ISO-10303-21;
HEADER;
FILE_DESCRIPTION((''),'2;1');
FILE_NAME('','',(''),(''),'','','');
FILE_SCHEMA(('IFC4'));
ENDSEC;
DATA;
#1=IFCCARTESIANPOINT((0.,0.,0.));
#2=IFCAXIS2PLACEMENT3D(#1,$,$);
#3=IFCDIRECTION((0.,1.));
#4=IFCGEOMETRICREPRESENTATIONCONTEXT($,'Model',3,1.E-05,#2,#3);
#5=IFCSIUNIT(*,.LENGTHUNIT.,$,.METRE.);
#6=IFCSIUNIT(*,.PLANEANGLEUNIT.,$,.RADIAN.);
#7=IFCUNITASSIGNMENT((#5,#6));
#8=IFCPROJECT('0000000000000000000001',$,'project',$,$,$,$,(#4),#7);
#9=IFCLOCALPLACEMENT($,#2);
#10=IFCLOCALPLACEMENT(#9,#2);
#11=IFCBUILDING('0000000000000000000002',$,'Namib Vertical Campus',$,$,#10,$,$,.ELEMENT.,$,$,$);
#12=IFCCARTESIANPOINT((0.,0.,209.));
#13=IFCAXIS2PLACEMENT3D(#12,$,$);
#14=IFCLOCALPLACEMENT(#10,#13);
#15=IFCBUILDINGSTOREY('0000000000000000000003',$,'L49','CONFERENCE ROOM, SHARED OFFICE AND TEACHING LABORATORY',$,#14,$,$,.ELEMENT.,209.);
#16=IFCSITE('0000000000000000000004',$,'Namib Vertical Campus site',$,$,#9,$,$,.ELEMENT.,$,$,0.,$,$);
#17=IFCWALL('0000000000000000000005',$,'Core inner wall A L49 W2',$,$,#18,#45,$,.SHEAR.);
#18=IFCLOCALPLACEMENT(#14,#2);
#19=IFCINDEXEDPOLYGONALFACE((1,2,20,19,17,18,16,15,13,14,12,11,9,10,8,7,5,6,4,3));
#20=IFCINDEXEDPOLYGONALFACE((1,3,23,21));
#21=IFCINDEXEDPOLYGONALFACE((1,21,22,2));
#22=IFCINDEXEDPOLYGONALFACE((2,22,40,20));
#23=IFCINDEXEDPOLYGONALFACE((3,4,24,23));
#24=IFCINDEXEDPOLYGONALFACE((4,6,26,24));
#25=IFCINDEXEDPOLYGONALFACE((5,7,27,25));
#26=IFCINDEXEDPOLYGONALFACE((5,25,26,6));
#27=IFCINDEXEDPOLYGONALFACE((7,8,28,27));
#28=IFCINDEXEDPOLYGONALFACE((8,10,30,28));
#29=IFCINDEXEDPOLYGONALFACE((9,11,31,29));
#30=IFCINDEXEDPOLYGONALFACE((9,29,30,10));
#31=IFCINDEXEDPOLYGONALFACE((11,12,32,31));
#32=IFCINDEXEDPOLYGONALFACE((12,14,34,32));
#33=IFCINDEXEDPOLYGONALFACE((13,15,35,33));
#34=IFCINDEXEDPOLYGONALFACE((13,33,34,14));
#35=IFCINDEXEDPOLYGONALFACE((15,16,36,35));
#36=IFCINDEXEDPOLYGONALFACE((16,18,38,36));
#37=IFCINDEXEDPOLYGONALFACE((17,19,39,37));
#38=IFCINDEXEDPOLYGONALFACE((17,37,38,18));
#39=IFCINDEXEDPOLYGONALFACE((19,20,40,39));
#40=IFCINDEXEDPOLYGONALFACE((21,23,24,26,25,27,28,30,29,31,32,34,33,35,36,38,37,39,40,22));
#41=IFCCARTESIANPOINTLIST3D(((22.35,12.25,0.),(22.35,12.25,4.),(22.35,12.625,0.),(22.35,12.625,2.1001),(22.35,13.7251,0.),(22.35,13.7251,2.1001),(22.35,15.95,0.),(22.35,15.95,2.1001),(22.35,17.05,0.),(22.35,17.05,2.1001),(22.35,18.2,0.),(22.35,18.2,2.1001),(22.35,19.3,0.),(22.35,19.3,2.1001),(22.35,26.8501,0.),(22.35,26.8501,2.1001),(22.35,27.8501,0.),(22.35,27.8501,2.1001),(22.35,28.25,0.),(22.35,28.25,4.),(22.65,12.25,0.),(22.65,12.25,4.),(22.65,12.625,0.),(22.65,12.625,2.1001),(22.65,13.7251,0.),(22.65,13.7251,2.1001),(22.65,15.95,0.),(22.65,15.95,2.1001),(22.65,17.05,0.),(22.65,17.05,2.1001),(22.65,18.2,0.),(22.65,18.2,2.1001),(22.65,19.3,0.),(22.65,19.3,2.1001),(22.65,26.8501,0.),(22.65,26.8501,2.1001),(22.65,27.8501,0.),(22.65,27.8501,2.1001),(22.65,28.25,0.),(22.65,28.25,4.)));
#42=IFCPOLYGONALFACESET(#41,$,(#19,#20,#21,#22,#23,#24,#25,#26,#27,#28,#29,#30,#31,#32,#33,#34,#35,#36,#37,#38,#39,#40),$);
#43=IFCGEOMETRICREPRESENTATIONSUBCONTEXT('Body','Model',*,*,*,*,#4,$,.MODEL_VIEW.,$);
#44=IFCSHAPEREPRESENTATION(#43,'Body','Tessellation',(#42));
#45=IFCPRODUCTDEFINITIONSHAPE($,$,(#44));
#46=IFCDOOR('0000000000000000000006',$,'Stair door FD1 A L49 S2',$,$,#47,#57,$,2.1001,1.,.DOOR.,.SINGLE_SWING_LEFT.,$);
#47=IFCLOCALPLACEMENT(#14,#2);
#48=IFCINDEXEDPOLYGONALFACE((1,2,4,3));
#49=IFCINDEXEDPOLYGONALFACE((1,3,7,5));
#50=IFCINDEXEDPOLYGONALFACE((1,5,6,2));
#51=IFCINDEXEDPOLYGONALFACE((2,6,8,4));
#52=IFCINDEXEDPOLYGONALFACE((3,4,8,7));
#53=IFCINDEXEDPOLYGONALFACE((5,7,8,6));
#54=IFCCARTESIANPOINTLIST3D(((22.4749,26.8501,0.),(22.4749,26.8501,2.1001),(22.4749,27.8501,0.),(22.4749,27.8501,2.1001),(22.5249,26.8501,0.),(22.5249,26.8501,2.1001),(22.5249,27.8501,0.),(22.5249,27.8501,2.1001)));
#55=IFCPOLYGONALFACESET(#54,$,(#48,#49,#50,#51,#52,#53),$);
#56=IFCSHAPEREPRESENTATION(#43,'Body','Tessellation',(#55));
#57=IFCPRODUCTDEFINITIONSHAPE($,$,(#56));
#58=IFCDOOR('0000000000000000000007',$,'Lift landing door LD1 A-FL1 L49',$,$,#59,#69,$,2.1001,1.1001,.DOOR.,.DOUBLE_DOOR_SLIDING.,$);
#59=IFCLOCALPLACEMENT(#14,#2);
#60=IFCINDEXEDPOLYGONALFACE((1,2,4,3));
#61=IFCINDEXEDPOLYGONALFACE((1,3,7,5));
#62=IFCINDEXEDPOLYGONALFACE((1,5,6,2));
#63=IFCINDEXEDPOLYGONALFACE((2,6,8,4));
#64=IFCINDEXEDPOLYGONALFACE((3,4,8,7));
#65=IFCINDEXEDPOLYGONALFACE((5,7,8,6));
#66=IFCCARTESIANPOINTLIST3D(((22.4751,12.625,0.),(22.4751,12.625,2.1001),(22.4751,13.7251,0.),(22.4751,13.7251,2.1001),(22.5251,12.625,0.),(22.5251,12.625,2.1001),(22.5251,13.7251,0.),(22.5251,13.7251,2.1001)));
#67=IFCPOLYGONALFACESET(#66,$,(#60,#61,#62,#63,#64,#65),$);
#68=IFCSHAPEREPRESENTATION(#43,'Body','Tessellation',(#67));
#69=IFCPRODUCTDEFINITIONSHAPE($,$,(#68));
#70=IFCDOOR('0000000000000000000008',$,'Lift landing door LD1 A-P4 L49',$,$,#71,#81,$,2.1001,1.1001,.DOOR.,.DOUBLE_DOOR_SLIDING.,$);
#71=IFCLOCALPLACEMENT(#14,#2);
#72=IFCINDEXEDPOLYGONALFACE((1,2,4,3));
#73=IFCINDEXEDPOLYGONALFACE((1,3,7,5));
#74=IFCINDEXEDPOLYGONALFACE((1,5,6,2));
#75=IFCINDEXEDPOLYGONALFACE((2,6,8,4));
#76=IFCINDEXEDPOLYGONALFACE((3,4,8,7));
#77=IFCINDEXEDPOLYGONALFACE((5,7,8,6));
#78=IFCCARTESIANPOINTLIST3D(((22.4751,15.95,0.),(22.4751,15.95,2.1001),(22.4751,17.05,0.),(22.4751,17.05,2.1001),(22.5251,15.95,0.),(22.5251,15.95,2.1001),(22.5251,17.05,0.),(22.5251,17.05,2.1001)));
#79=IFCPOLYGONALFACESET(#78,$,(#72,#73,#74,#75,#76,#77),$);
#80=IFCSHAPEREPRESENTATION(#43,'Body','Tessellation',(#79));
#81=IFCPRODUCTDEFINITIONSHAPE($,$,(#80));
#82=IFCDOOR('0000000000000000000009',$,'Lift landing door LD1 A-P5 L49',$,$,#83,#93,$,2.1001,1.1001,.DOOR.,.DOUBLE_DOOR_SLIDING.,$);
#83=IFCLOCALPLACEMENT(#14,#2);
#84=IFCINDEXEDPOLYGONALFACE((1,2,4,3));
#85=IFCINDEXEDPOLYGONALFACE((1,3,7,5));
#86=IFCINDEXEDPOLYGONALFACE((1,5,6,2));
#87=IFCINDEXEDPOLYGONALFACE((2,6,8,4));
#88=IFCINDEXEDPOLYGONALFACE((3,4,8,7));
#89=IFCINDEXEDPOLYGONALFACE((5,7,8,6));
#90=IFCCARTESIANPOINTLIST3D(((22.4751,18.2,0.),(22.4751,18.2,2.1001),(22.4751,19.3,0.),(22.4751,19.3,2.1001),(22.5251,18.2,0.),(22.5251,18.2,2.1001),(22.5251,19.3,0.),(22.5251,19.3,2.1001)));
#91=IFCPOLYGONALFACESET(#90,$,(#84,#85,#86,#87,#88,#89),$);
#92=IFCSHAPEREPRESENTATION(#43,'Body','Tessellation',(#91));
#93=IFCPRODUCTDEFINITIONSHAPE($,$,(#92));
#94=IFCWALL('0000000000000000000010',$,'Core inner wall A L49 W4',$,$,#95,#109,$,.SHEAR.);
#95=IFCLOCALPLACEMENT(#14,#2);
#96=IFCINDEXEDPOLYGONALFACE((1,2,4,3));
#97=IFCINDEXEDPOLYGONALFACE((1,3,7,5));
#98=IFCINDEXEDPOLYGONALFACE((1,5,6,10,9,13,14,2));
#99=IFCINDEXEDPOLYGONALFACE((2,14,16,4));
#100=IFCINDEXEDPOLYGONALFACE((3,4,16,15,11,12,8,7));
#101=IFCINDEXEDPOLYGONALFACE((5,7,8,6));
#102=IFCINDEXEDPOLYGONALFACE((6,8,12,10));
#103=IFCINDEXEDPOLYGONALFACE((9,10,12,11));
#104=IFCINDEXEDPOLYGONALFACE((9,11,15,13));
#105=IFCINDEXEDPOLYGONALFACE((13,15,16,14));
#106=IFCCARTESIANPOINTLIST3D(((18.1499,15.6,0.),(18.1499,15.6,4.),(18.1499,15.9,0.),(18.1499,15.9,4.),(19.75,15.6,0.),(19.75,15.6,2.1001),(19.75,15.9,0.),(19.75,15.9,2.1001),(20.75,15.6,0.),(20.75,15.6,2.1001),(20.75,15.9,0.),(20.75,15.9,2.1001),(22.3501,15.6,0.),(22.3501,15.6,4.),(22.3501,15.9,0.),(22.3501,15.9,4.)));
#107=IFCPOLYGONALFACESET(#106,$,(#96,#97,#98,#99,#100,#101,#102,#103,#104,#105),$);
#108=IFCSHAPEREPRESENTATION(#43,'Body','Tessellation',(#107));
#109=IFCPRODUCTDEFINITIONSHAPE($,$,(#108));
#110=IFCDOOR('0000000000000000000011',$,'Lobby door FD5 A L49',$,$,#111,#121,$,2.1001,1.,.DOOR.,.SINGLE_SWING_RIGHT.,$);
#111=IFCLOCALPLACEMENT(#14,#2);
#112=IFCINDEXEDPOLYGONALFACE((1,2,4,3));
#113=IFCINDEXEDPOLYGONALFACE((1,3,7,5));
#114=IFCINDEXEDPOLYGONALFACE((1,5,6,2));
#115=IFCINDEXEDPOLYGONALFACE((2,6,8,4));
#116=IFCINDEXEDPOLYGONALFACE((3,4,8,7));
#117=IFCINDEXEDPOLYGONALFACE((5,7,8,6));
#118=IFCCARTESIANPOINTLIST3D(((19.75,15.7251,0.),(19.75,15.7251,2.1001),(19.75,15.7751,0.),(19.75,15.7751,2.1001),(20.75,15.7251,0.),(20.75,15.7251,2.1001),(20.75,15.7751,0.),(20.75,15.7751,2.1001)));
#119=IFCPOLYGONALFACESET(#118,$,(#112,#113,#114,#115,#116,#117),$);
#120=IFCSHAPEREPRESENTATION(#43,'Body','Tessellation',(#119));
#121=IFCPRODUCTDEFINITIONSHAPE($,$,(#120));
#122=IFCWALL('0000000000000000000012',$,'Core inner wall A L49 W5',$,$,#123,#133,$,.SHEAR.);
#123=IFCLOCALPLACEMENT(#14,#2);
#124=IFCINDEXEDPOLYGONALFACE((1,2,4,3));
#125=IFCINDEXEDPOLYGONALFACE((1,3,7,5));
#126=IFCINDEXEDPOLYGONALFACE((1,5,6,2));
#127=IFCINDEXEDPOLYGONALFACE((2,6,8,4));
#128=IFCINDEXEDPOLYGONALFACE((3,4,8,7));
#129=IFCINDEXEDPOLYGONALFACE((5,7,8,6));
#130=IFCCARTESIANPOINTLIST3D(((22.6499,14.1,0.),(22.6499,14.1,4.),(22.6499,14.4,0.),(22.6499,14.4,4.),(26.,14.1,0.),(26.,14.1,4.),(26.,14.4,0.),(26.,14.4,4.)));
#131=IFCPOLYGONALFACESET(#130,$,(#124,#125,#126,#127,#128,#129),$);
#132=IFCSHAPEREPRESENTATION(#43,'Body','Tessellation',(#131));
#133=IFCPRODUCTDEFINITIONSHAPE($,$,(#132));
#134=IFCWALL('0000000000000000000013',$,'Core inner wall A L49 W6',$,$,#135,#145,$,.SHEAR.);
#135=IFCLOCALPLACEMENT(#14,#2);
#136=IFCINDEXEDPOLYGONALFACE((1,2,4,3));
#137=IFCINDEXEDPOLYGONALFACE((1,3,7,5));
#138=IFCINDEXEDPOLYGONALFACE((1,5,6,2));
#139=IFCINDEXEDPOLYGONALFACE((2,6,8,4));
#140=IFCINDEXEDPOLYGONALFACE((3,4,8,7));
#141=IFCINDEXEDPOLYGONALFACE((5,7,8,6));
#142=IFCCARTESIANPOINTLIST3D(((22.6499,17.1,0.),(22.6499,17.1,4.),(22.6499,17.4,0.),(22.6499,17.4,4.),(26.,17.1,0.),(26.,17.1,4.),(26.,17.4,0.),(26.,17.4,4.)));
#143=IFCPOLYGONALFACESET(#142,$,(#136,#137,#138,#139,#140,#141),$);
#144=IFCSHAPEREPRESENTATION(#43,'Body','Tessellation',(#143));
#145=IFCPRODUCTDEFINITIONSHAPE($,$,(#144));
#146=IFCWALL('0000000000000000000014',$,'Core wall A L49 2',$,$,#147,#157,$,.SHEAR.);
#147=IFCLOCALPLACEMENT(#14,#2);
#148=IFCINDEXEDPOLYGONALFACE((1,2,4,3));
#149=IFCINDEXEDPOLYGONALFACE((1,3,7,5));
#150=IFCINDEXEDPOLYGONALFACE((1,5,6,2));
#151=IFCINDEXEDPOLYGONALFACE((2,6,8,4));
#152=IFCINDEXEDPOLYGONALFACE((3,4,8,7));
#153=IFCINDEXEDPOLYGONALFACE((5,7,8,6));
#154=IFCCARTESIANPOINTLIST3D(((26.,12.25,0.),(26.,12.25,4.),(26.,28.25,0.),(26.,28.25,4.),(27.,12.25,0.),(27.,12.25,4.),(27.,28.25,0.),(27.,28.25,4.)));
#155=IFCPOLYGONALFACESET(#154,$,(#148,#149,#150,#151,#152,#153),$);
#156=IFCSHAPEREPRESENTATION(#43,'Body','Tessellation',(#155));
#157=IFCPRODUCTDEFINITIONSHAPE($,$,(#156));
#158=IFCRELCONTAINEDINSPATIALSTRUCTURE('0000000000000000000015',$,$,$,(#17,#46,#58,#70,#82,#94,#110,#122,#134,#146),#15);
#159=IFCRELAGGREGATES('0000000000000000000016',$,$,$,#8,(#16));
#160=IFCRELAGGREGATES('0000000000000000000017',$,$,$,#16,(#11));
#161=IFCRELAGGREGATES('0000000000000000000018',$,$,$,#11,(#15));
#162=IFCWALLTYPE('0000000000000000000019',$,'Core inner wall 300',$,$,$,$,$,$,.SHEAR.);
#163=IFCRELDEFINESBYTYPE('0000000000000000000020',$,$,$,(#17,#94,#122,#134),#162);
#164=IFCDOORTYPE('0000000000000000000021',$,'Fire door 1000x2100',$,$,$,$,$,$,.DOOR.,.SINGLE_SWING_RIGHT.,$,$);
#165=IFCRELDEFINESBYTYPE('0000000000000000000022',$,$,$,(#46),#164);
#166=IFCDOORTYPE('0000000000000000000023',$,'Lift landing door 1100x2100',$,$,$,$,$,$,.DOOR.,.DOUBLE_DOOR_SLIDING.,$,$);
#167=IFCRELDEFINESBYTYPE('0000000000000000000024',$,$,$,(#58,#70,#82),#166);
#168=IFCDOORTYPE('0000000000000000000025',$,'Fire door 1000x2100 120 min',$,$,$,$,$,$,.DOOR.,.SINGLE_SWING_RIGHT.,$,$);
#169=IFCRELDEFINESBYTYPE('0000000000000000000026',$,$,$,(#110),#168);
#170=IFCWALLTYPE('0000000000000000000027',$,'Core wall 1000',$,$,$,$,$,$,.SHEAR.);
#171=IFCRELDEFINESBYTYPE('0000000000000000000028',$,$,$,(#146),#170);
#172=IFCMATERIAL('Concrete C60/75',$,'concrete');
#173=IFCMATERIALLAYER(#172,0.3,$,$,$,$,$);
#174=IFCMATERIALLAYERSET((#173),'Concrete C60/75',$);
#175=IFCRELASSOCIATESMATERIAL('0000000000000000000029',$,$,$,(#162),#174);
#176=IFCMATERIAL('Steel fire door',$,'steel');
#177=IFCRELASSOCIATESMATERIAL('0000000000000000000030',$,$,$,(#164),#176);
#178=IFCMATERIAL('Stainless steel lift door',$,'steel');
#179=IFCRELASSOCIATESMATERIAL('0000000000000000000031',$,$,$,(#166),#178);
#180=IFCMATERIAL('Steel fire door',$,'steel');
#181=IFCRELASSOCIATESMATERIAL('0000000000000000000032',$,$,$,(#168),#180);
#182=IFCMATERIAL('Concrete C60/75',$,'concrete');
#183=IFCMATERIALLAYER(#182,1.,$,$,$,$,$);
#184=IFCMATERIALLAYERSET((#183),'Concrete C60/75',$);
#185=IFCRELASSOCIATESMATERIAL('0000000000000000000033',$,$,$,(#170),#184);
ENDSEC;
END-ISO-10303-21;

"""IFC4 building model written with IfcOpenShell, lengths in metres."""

from ifc_helpers import new_model, si_unit, direction, frame, frame_2d, origin, place, context, subcontext, project, spatial, rectangle, extrude, material, layer, layer_set, type_object, element, fill, save


model = new_model("IFC4")

# Units and contexts
model_context = context("Model", 3, precision=1e-05, world=origin(), true_north=direction((0.0, 1.0)))
body_context = subcontext(model_context, "Body", "Model", "MODEL_VIEW")
ifc_project = project(units=[si_unit("LENGTHUNIT", "METRE"), si_unit("PLANEANGLEUNIT", "RADIAN")], contexts=[model_context])

# Site, building, storey
site_placement = place(None, origin())
site = spatial("IfcSite", under=ifc_project, at=site_placement, Name="Namib Vertical Campus site", CompositionType="ELEMENT", RefElevation=0.0)
building_placement = place(site_placement, origin())
building = spatial("IfcBuilding", under=site, at=building_placement, Name="Namib Vertical Campus", CompositionType="ELEMENT")
storey_placement = place(building_placement, frame((0.0, 0.0, 209.0)))
storey = spatial("IfcBuildingStorey", under=building, at=storey_placement, Name="L49", Description="CONFERENCE ROOM, SHARED OFFICE AND TEACHING LABORATORY", CompositionType="ELEMENT", Elevation=209.0)

# Wall, openings, doors
ifc_material_1 = material(Name="Concrete C60/75", Category="concrete")
ifc_layer_1 = layer(ifc_material_1, 0.3)
ifc_layer_set_1 = layer_set([ifc_layer_1], Name="Concrete C60/75")
wall_type_1 = type_object("IfcWallType", Name="Core inner wall 300", PredefinedType="SHEAR", material=ifc_layer_set_1)
ifc_material_2 = material(Name="Steel fire door", Category="steel")
door_type_1 = type_object("IfcDoorType", Name="Fire door 1000x2100", OperationType="SINGLE_SWING_RIGHT", PredefinedType="DOOR", material=ifc_material_2)
ifc_material_3 = material(Name="Stainless steel lift door", Category="steel")
door_type_2 = type_object("IfcDoorType", Name="Lift landing door 1100x2100", OperationType="DOUBLE_DOOR_SLIDING", PredefinedType="DOOR", material=ifc_material_3)
wall_1_placement = place(storey_placement, frame((22.5, 12.25, 0.0), z_axis=(0.0, 0.0, 1.0), x_axis=(0.0, 1.0, 0.0)))
wall_1 = element("IfcWall", 1, at=wall_1_placement, inside=storey, type_object=wall_type_1, Name="Core inner wall A L49 W2", PredefinedType="SHEAR", context=body_context, shape_type="SweptSolid", body=[
    extrude(rectangle(XDim=16.0, YDim=0.3, at=frame_2d((8.0, 0.0))), origin(), (0.0, 0.0, 1.0), 4.0),
])
opening_1_placement = place(wall_1_placement, frame((14.6001, 0.0, 0.0)))
opening_1 = element("IfcOpeningElement", 2, at=opening_1_placement, cuts=wall_1, PredefinedType="OPENING", context=body_context, shape_type="SweptSolid", body=[
    extrude(rectangle(XDim=1.0, YDim=2.1001, at=frame_2d((0.5, 1.05))), frame((0.0, 0.1599, 0.0), z_axis=(0.0, -1.0, 0.0), x_axis=(1.0, 0.0, 0.0)), (0.0, 0.0, 1.0), 0.3201),
])
opening_2_placement = place(wall_1_placement, frame((0.375, 0.0, 0.0)))
opening_2 = element("IfcOpeningElement", 3, at=opening_2_placement, cuts=wall_1, PredefinedType="OPENING", context=body_context, shape_type="SweptSolid", body=[
    extrude(rectangle(XDim=1.1001, YDim=2.1001, at=frame_2d((0.55, 1.05))), frame((0.0, 0.1599, 0.0), z_axis=(0.0, -1.0, 0.0), x_axis=(1.0, 0.0, 0.0)), (0.0, 0.0, 1.0), 0.3201),
])
opening_3_placement = place(wall_1_placement, frame((3.7, 0.0, 0.0)))
opening_3 = element("IfcOpeningElement", 4, at=opening_3_placement, cuts=wall_1, PredefinedType="OPENING", context=body_context, shape_type="SweptSolid", body=[
    extrude(rectangle(XDim=1.1001, YDim=2.1001, at=frame_2d((0.55, 1.05))), frame((0.0, 0.1599, 0.0), z_axis=(0.0, -1.0, 0.0), x_axis=(1.0, 0.0, 0.0)), (0.0, 0.0, 1.0), 0.3201),
])
opening_4_placement = place(wall_1_placement, frame((5.95, 0.0, 0.0)))
opening_4 = element("IfcOpeningElement", 5, at=opening_4_placement, cuts=wall_1, PredefinedType="OPENING", context=body_context, shape_type="SweptSolid", body=[
    extrude(rectangle(XDim=1.1001, YDim=2.1001, at=frame_2d((0.55, 1.05))), frame((0.0, 0.1599, 0.0), z_axis=(0.0, -1.0, 0.0), x_axis=(1.0, 0.0, 0.0)), (0.0, 0.0, 1.0), 0.3201),
])
door_1_placement = place(opening_1_placement, frame((1.0, 0.0, 0.0), z_axis=(0.0, 0.0, 1.0), x_axis=(-1.0, 0.0, 0.0)))
door_1 = element("IfcDoor", 6, at=door_1_placement, inside=storey, type_object=door_type_1, Name="Stair door FD1 A L49 S2", OperationType="SINGLE_SWING_LEFT", OverallHeight=2.1001, OverallWidth=1.0, PredefinedType="DOOR", context=body_context, shape_type="SweptSolid", body=[
    extrude(rectangle(XDim=1.0, YDim=2.1001, at=frame_2d((0.5, 1.05))), frame((0.0, 0.0249, 0.0), z_axis=(0.0, -1.0, 0.0), x_axis=(1.0, 0.0, 0.0)), (0.0, 0.0, 1.0), 0.05),
])
fill(opening_1, door_1)
door_2_placement = place(opening_2_placement, origin())
door_2 = element("IfcDoor", 7, at=door_2_placement, inside=storey, type_object=door_type_2, Name="Lift landing door LD1 A-FL1 L49", OperationType="DOUBLE_DOOR_SLIDING", OverallHeight=2.1001, OverallWidth=1.1001, PredefinedType="DOOR", context=body_context, shape_type="SweptSolid", body=[
    extrude(rectangle(XDim=1.1001, YDim=2.1001, at=frame_2d((0.55, 1.05))), frame((0.0, 0.0249, 0.0), z_axis=(0.0, -1.0, 0.0), x_axis=(1.0, 0.0, 0.0)), (0.0, 0.0, 1.0), 0.05),
])
fill(opening_2, door_2)
door_3_placement = place(opening_3_placement, origin())
door_3 = element("IfcDoor", 8, at=door_3_placement, inside=storey, type_object=door_type_2, Name="Lift landing door LD1 A-P4 L49", OperationType="DOUBLE_DOOR_SLIDING", OverallHeight=2.1001, OverallWidth=1.1001, PredefinedType="DOOR", context=body_context, shape_type="SweptSolid", body=[
    extrude(rectangle(XDim=1.1001, YDim=2.1001, at=frame_2d((0.55, 1.05))), frame((0.0, 0.0249, 0.0), z_axis=(0.0, -1.0, 0.0), x_axis=(1.0, 0.0, 0.0)), (0.0, 0.0, 1.0), 0.05),
])
fill(opening_3, door_3)
door_4_placement = place(opening_4_placement, origin())
door_4 = element("IfcDoor", 9, at=door_4_placement, inside=storey, type_object=door_type_2, Name="Lift landing door LD1 A-P5 L49", OperationType="DOUBLE_DOOR_SLIDING", OverallHeight=2.1001, OverallWidth=1.1001, PredefinedType="DOOR", context=body_context, shape_type="SweptSolid", body=[
    extrude(rectangle(XDim=1.1001, YDim=2.1001, at=frame_2d((0.55, 1.05))), frame((0.0, 0.0249, 0.0), z_axis=(0.0, -1.0, 0.0), x_axis=(1.0, 0.0, 0.0)), (0.0, 0.0, 1.0), 0.05),
])
fill(opening_4, door_4)

# Wall, opening, door
wall_2_placement = place(storey_placement, frame((18.1499, 15.75, 0.0), z_axis=(0.0, 0.0, 1.0), x_axis=(1.0, 0.0, 0.0)))
wall_2 = element("IfcWall", 10, at=wall_2_placement, inside=storey, type_object=wall_type_1, Name="Core inner wall A L49 W4", PredefinedType="SHEAR", context=body_context, shape_type="SweptSolid", body=[
    extrude(rectangle(XDim=4.2002, YDim=0.3, at=frame_2d((2.1001, 0.0))), origin(), (0.0, 0.0, 1.0), 4.0),
])
opening_5_placement = place(wall_2_placement, frame((1.6001, 0.0, 0.0)))
opening_5 = element("IfcOpeningElement", 11, at=opening_5_placement, cuts=wall_2, PredefinedType="OPENING", context=body_context, shape_type="SweptSolid", body=[
    extrude(rectangle(XDim=1.0, YDim=2.1001, at=frame_2d((0.5, 1.05))), frame((0.0, 0.1599, 0.0), z_axis=(0.0, -1.0, 0.0), x_axis=(1.0, 0.0, 0.0)), (0.0, 0.0, 1.0), 0.3201),
])
ifc_material_4 = material(Name="Steel fire door", Category="steel")
door_type_3 = type_object("IfcDoorType", Name="Fire door 1000x2100 120 min", OperationType="SINGLE_SWING_RIGHT", PredefinedType="DOOR", material=ifc_material_4)
door_5_placement = place(opening_5_placement, frame((1.0, 0.0, 0.0), z_axis=(0.0, 0.0, 1.0), x_axis=(-1.0, 0.0, 0.0)))
door_5 = element("IfcDoor", 12, at=door_5_placement, inside=storey, type_object=door_type_3, Name="Lobby door FD5 A L49", OperationType="SINGLE_SWING_RIGHT", OverallHeight=2.1001, OverallWidth=1.0, PredefinedType="DOOR", context=body_context, shape_type="SweptSolid", body=[
    extrude(rectangle(XDim=1.0, YDim=2.1001, at=frame_2d((0.5, 1.05))), frame((0.0, 0.0249, 0.0), z_axis=(0.0, -1.0, 0.0), x_axis=(1.0, 0.0, 0.0)), (0.0, 0.0, 1.0), 0.05),
])
fill(opening_5, door_5)

# Walls
for number, where, z_axis, x_axis, name in (
    (13, (22.6499, 14.25, 0.0), (0.0, 0.0, 1.0), (1.0, 0.0, 0.0), "Core inner wall A L49 W5"),
    (14, (22.6499, 17.25, 0.0), (0.0, 0.0, 1.0), (1.0, 0.0, 0.0), "Core inner wall A L49 W6"),
):
    element("IfcWall", number, at=place(storey_placement, frame(where, z_axis=z_axis, x_axis=x_axis)), inside=storey, type_object=wall_type_1, Name=name, PredefinedType="SHEAR", context=body_context, shape_type="SweptSolid", body=[
        extrude(rectangle(XDim=3.3501, YDim=0.3, at=frame_2d((1.675, 0.0))), origin(), (0.0, 0.0, 1.0), 4.0),
    ])
ifc_material_5 = material(Name="Concrete C60/75", Category="concrete")
ifc_layer_2 = layer(ifc_material_5, 1.0)
ifc_layer_set_2 = layer_set([ifc_layer_2], Name="Concrete C60/75")
wall_type_2 = type_object("IfcWallType", Name="Core wall 1000", PredefinedType="SHEAR", material=ifc_layer_set_2)
wall_3_placement = place(storey_placement, frame((26.5, 12.25, 0.0), z_axis=(0.0, 0.0, 1.0), x_axis=(0.0, 1.0, 0.0)))
element("IfcWall", 15, at=wall_3_placement, inside=storey, type_object=wall_type_2, Name="Core wall A L49 2", PredefinedType="SHEAR", context=body_context, shape_type="SweptSolid", body=[
    extrude(rectangle(XDim=16.0, YDim=1.0, at=frame_2d((8.0, 0.0))), origin(), (0.0, 0.0, 1.0), 4.0),
])

save(model, "model.ifc")
